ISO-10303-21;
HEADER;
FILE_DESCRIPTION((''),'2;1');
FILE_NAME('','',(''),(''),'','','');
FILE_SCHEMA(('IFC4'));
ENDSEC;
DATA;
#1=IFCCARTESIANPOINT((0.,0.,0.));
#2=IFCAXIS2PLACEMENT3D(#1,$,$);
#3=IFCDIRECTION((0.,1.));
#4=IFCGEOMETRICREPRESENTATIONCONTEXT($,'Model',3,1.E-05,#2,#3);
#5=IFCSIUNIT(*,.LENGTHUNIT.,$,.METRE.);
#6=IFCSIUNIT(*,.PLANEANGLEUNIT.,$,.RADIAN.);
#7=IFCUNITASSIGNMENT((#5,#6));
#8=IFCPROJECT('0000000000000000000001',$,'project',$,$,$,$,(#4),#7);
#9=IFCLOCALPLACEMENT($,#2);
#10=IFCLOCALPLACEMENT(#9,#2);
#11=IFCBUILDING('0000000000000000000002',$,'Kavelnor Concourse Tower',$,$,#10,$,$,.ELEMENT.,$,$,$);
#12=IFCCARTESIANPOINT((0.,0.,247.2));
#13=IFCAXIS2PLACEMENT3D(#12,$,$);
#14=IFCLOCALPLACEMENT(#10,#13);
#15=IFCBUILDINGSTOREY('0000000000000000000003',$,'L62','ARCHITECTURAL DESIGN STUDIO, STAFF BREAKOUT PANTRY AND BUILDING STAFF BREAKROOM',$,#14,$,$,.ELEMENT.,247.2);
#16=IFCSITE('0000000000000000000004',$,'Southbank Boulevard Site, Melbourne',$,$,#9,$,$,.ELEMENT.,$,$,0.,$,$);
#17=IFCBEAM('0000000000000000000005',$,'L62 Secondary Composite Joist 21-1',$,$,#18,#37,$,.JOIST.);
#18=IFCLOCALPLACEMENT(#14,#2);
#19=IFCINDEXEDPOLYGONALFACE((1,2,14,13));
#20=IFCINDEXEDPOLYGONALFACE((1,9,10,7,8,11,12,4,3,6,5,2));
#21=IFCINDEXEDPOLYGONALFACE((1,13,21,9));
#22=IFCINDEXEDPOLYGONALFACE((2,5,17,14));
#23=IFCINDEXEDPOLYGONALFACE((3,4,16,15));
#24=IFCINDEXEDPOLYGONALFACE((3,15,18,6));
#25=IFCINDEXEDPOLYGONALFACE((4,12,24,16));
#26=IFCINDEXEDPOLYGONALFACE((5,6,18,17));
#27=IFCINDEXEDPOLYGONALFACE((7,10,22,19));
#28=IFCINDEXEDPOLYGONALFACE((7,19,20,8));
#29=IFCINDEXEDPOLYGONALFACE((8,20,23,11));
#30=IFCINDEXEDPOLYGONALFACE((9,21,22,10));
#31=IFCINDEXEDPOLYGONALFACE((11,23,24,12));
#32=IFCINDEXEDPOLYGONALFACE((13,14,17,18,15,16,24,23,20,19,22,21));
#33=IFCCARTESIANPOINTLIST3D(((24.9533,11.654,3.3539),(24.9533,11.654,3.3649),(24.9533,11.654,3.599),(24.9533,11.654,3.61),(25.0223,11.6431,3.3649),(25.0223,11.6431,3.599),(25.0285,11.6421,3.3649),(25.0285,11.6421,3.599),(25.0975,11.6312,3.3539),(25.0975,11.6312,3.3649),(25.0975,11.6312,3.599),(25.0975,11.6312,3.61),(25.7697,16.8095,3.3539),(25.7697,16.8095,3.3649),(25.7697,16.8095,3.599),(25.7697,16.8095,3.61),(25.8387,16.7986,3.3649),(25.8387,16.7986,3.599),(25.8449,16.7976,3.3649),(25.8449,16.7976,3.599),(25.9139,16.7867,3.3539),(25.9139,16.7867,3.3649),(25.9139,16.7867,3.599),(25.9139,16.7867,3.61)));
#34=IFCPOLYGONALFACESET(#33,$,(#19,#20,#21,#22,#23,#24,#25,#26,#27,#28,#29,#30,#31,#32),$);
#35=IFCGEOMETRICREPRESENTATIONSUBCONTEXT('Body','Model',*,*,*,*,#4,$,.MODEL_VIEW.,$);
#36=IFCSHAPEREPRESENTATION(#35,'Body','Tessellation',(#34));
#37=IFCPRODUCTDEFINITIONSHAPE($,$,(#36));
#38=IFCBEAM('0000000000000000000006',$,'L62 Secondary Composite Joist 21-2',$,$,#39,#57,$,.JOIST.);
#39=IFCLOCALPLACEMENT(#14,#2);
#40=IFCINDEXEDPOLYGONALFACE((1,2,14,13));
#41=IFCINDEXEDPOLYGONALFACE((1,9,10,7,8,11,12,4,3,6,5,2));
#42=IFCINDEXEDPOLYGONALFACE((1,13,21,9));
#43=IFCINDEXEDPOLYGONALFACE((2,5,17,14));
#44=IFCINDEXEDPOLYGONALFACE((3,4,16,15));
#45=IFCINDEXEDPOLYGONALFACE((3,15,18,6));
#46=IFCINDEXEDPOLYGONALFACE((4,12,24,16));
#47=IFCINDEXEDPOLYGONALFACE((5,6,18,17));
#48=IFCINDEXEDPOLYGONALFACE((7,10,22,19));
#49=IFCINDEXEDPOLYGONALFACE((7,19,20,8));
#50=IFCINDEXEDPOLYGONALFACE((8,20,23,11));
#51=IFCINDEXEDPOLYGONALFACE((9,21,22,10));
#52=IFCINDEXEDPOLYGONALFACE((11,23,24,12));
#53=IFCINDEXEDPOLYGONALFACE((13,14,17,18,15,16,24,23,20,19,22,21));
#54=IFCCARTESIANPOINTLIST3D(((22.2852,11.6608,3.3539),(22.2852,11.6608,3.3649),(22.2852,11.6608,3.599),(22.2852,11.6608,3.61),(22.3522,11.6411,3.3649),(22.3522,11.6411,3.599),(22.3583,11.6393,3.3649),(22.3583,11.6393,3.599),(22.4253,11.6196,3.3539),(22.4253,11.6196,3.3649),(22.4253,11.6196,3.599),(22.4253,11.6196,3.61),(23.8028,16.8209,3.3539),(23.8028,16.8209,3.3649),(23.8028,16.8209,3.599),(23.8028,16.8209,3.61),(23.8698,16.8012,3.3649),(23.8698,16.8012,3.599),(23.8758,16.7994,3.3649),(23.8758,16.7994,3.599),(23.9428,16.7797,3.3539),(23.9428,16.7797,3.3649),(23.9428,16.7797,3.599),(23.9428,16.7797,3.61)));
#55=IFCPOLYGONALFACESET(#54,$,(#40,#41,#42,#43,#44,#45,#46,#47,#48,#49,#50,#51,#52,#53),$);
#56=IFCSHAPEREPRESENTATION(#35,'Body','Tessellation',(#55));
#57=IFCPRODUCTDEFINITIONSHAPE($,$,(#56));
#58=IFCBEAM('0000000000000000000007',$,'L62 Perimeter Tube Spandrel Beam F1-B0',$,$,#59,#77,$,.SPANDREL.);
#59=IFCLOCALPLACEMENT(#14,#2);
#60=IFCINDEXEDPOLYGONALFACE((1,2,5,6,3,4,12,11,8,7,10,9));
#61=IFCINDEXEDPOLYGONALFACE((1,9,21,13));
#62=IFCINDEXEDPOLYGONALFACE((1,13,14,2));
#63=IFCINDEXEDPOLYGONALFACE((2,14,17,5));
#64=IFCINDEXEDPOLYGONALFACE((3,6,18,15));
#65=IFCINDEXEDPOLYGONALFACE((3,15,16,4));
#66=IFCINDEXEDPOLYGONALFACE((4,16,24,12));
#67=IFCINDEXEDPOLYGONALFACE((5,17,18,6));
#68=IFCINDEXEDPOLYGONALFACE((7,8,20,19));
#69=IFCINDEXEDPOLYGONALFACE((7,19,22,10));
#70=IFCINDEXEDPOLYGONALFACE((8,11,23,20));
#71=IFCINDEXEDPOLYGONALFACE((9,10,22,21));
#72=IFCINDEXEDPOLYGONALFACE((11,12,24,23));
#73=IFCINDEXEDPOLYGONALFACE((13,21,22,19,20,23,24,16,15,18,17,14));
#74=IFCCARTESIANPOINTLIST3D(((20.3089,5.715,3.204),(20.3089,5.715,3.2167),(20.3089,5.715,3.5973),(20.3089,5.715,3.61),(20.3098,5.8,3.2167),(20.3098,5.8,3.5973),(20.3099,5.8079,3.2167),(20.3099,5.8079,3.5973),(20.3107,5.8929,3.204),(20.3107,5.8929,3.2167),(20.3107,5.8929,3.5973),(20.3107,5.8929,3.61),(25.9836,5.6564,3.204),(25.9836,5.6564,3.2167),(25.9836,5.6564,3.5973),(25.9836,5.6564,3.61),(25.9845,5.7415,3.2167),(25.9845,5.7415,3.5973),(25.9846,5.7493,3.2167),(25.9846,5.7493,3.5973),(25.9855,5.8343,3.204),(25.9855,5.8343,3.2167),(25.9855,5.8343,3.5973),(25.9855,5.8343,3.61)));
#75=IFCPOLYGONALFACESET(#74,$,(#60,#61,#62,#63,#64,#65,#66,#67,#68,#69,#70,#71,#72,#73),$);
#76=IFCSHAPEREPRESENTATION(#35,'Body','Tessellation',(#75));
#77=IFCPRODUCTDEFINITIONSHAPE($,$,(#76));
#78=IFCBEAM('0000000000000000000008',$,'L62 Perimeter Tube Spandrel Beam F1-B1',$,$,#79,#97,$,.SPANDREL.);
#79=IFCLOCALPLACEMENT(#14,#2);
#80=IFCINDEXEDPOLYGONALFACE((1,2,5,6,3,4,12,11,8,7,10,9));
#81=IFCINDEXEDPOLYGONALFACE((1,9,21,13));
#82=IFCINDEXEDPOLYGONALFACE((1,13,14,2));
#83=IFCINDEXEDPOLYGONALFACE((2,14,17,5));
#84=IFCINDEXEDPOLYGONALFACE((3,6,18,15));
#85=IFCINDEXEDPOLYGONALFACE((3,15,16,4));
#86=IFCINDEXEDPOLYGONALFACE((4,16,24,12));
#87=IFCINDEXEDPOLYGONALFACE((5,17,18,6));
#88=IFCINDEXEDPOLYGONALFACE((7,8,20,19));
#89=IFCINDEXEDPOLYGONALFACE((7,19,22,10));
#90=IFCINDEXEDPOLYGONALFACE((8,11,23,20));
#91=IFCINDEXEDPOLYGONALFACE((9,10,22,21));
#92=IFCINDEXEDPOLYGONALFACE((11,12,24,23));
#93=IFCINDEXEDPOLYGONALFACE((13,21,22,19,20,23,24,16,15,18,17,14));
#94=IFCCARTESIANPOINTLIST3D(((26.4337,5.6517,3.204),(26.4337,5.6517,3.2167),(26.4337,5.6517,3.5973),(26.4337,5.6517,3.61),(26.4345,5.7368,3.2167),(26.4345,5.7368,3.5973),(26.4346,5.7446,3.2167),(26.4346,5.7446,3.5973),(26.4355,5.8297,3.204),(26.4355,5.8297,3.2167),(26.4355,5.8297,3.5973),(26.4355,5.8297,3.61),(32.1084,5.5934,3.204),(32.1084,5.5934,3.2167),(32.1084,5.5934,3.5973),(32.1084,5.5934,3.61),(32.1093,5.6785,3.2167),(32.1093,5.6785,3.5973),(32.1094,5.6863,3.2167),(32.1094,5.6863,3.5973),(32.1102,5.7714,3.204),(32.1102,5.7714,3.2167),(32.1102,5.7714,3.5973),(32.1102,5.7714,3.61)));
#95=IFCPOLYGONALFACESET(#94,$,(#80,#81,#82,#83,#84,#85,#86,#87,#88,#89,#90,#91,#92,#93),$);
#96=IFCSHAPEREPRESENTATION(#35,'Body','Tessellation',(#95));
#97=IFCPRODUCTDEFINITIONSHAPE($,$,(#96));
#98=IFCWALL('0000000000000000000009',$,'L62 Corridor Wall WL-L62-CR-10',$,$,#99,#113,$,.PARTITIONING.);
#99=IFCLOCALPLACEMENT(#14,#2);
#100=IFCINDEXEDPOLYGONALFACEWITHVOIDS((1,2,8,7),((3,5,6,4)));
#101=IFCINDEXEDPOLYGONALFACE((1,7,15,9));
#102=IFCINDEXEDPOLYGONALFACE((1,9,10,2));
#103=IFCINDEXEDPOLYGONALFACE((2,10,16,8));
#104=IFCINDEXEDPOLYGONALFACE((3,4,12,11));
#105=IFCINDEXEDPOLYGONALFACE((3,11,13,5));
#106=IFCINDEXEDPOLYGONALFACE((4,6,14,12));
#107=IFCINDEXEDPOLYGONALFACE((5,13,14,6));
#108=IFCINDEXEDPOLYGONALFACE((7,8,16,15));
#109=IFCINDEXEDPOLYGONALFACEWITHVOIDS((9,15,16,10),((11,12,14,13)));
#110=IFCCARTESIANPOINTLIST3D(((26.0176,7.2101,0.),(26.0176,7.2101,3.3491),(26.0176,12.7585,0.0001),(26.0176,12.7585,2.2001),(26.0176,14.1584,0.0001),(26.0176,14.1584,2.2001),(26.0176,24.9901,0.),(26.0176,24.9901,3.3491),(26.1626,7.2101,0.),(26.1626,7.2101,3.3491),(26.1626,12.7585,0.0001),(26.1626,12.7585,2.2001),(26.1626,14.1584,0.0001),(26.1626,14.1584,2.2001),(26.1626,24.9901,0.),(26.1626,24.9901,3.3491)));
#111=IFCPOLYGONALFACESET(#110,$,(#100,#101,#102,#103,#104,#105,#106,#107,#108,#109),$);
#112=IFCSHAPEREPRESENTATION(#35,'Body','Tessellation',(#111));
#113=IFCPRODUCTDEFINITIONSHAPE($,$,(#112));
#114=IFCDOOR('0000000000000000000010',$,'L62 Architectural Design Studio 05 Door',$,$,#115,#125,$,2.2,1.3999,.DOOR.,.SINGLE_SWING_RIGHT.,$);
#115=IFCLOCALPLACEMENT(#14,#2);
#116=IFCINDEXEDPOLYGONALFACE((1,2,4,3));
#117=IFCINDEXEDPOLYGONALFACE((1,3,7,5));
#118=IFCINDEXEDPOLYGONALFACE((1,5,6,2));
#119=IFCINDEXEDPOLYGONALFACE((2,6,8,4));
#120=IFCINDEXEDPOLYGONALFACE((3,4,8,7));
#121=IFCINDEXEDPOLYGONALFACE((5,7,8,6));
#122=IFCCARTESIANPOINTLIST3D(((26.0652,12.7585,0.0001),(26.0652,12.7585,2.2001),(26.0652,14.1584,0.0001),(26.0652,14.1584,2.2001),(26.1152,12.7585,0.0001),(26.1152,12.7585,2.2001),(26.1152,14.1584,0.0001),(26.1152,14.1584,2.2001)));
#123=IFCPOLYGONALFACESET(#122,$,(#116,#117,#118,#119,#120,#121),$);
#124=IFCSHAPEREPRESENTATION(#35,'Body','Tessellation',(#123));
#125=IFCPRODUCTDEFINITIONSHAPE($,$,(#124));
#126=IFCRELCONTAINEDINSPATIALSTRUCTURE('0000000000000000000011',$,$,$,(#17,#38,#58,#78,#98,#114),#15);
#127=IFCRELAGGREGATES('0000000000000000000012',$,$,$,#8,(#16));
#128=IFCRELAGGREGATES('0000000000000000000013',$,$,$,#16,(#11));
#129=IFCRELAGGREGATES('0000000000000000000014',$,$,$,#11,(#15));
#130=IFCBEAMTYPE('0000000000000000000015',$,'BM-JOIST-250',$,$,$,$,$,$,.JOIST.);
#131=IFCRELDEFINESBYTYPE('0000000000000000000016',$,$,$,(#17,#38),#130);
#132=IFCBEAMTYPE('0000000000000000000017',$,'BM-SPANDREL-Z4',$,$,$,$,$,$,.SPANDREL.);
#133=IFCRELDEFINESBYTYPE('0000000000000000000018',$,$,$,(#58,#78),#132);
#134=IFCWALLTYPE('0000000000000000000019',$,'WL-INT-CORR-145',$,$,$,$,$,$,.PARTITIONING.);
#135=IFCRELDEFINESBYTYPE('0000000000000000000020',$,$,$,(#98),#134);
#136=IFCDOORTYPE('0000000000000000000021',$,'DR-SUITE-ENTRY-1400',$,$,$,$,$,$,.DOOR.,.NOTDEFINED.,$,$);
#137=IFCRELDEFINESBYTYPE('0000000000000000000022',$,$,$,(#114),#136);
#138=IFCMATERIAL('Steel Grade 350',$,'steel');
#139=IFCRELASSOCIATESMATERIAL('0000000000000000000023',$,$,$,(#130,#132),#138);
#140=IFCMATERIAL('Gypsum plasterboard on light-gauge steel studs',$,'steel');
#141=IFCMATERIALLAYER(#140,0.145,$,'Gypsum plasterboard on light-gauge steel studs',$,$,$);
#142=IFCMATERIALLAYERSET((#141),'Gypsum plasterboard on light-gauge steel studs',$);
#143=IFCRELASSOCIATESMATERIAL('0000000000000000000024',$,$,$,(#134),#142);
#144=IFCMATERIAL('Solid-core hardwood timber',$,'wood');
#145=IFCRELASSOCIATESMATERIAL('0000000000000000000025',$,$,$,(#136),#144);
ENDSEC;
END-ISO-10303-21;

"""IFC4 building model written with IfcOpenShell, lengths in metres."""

from ifc_helpers import new_model, si_unit, direction, frame, frame_2d, origin, origin_2d, place, context, subcontext, project, spatial, rectangle, i_section, extrude, material, layer, layer_set, material_profile, profile_set, type_object, element, fill, save


model = new_model("IFC4")

# Units and contexts
model_context = context("Model", 3, precision=1e-05, world=origin(), true_north=direction((0.0, 1.0)))
body_context = subcontext(model_context, "Body", "Model", "MODEL_VIEW")
ifc_project = project(units=[si_unit("LENGTHUNIT", "METRE"), si_unit("PLANEANGLEUNIT", "RADIAN")], contexts=[model_context])

# Site, building, storey
site_placement = place(None, origin())
site = spatial("IfcSite", under=ifc_project, at=site_placement, Name="Southbank Boulevard Site, Melbourne", CompositionType="ELEMENT", RefElevation=0.0)
building_placement = place(site_placement, origin())
building = spatial("IfcBuilding", under=site, at=building_placement, Name="Kavelnor Concourse Tower", CompositionType="ELEMENT")
storey_placement = place(building_placement, frame((0.0, 0.0, 247.2)))
storey = spatial("IfcBuildingStorey", under=building, at=storey_placement, Name="L62", Description="ARCHITECTURAL DESIGN STUDIO, STAFF BREAKOUT PANTRY AND BUILDING STAFF BREAKROOM", CompositionType="ELEMENT", Elevation=247.2)

# Shared definitions
ifc_material_1 = material(Name="Steel Grade 350", Category="steel")

# Beams
ifc_material_profile_1 = material_profile(ifc_material_1, i_section(OverallWidth=0.146, OverallDepth=0.2561, WebThickness=0.0063, FlangeThickness=0.011, at=origin_2d()), Name="250UB37")
ifc_profile_set_1 = profile_set([ifc_material_profile_1], Name="Steel Grade 350")
beam_type_1 = type_object("IfcBeamType", Name="BM-JOIST-250", PredefinedType="JOIST", material=ifc_profile_set_1)
beam_1_placement = place(storey_placement, frame((25.8418, 16.7981, 3.4819), z_axis=(-0.156407, -0.987693, 0.0), x_axis=(0.987693, -0.156407, 0.0)))
element("IfcBeam", 1, at=beam_1_placement, inside=storey, type_object=beam_type_1, Name="L62 Secondary Composite Joist 21-1", PredefinedType="JOIST", context=body_context, shape_type="SweptSolid", body=[
    extrude(i_section(OverallWidth=0.146, OverallDepth=0.2561, WebThickness=0.0063, FlangeThickness=0.011, at=origin_2d()), origin(), (0.0, 0.0, 1.0), 5.2197),
])
beam_2_placement = place(storey_placement, frame((23.8728, 16.8003, 3.4819), z_axis=(-0.282147, -0.959371, 0.0), x_axis=(0.959371, -0.282147, 0.0)))
element("IfcBeam", 2, at=beam_2_placement, inside=storey, type_object=beam_type_1, Name="L62 Secondary Composite Joist 21-2", PredefinedType="JOIST", context=body_context, shape_type="SweptSolid", body=[
    extrude(i_section(OverallWidth=0.146, OverallDepth=0.2561, WebThickness=0.0063, FlangeThickness=0.011, at=origin_2d()), origin(), (0.0, 0.0, 1.0), 5.3787),
])
ifc_material_profile_2 = material_profile(ifc_material_1, i_section(OverallWidth=0.178, OverallDepth=0.406, WebThickness=0.0078, FlangeThickness=0.0127, at=origin_2d()), Name="410UB59")
ifc_profile_set_2 = profile_set([ifc_material_profile_2], Name="Steel Grade 350")
beam_type_2 = type_object("IfcBeamType", Name="BM-SPANDREL-Z4", PredefinedType="SPANDREL", material=ifc_profile_set_2)
for number, where, z_axis, x_axis, name in (
    (3, (20.3098, 5.804, 3.407), (0.999947, -0.010325, 0.0), (0.010325, 0.999947, 0.0), "L62 Perimeter Tube Spandrel Beam F1-B0"),
    (4, (26.4346, 5.7407, 3.407), (0.999947, -0.010282, 0.0), (0.010282, 0.999947, 0.0), "L62 Perimeter Tube Spandrel Beam F1-B1"),
):
    element("IfcBeam", number, at=place(storey_placement, frame(where, z_axis=z_axis, x_axis=x_axis)), inside=storey, type_object=beam_type_2, Name=name, PredefinedType="SPANDREL", context=body_context, shape_type="SweptSolid", body=[
        extrude(i_section(OverallWidth=0.178, OverallDepth=0.406, WebThickness=0.0078, FlangeThickness=0.0127, at=origin_2d()), origin(), (0.0, 0.0, 1.0), 5.675),
    ])

# Wall, opening, door
ifc_material_2 = material(Name="Gypsum plasterboard on light-gauge steel studs", Category="steel")
ifc_layer = layer(ifc_material_2, 0.145, Name="Gypsum plasterboard on light-gauge steel studs")
ifc_layer_set = layer_set([ifc_layer], Name="Gypsum plasterboard on light-gauge steel studs")
wall_type = type_object("IfcWallType", Name="WL-INT-CORR-145", PredefinedType="PARTITIONING", material=ifc_layer_set)
wall_placement = place(storey_placement, frame((26.0901, 7.21, 0.0), z_axis=(0.0, 0.0, 1.0), x_axis=(0.0, 1.0, 0.0)))
wall = element("IfcWall", 5, at=wall_placement, inside=storey, type_object=wall_type, Name="L62 Corridor Wall WL-L62-CR-10", PredefinedType="PARTITIONING", context=body_context, shape_type="SweptSolid", body=[
    extrude(rectangle(XDim=17.78, YDim=0.145, at=frame_2d((8.8901, 0.0))), origin(), (0.0, 0.0, 1.0), 3.3491),
])
opening_placement = place(wall_placement, frame((5.5486, 0.0, 0.0)))
opening = element("IfcOpeningElement", 6, at=opening_placement, cuts=wall, PredefinedType="OPENING", context=body_context, shape_type="SweptSolid", body=[
    extrude(rectangle(XDim=1.3999, YDim=2.2, at=frame_2d((0.7, 1.1001))), frame((0.0, 0.0825, 0.0), z_axis=(0.0, -1.0, 0.0), x_axis=(1.0, 0.0, 0.0)), (0.0, 0.0, 1.0), 0.165),
])
ifc_material_3 = material(Name="Solid-core hardwood timber", Category="wood")
door_type = type_object("IfcDoorType", Name="DR-SUITE-ENTRY-1400", OperationType="NOTDEFINED", PredefinedType="DOOR", material=ifc_material_3)
door_placement = place(opening_placement, origin())
door = element("IfcDoor", 7, at=door_placement, inside=storey, type_object=door_type, Name="L62 Architectural Design Studio 05 Door", OperationType="SINGLE_SWING_RIGHT", OverallHeight=2.2, OverallWidth=1.3999, PredefinedType="DOOR", context=body_context, shape_type="SweptSolid", body=[
    extrude(rectangle(XDim=1.3999, YDim=2.2, at=frame_2d((0.7, 1.1001))), frame((0.0, 0.0249, 0.0), z_axis=(0.0, -1.0, 0.0), x_axis=(1.0, 0.0, 0.0)), (0.0, 0.0, 1.0), 0.05),
])
fill(opening, door)

save(model, "model.ifc")
